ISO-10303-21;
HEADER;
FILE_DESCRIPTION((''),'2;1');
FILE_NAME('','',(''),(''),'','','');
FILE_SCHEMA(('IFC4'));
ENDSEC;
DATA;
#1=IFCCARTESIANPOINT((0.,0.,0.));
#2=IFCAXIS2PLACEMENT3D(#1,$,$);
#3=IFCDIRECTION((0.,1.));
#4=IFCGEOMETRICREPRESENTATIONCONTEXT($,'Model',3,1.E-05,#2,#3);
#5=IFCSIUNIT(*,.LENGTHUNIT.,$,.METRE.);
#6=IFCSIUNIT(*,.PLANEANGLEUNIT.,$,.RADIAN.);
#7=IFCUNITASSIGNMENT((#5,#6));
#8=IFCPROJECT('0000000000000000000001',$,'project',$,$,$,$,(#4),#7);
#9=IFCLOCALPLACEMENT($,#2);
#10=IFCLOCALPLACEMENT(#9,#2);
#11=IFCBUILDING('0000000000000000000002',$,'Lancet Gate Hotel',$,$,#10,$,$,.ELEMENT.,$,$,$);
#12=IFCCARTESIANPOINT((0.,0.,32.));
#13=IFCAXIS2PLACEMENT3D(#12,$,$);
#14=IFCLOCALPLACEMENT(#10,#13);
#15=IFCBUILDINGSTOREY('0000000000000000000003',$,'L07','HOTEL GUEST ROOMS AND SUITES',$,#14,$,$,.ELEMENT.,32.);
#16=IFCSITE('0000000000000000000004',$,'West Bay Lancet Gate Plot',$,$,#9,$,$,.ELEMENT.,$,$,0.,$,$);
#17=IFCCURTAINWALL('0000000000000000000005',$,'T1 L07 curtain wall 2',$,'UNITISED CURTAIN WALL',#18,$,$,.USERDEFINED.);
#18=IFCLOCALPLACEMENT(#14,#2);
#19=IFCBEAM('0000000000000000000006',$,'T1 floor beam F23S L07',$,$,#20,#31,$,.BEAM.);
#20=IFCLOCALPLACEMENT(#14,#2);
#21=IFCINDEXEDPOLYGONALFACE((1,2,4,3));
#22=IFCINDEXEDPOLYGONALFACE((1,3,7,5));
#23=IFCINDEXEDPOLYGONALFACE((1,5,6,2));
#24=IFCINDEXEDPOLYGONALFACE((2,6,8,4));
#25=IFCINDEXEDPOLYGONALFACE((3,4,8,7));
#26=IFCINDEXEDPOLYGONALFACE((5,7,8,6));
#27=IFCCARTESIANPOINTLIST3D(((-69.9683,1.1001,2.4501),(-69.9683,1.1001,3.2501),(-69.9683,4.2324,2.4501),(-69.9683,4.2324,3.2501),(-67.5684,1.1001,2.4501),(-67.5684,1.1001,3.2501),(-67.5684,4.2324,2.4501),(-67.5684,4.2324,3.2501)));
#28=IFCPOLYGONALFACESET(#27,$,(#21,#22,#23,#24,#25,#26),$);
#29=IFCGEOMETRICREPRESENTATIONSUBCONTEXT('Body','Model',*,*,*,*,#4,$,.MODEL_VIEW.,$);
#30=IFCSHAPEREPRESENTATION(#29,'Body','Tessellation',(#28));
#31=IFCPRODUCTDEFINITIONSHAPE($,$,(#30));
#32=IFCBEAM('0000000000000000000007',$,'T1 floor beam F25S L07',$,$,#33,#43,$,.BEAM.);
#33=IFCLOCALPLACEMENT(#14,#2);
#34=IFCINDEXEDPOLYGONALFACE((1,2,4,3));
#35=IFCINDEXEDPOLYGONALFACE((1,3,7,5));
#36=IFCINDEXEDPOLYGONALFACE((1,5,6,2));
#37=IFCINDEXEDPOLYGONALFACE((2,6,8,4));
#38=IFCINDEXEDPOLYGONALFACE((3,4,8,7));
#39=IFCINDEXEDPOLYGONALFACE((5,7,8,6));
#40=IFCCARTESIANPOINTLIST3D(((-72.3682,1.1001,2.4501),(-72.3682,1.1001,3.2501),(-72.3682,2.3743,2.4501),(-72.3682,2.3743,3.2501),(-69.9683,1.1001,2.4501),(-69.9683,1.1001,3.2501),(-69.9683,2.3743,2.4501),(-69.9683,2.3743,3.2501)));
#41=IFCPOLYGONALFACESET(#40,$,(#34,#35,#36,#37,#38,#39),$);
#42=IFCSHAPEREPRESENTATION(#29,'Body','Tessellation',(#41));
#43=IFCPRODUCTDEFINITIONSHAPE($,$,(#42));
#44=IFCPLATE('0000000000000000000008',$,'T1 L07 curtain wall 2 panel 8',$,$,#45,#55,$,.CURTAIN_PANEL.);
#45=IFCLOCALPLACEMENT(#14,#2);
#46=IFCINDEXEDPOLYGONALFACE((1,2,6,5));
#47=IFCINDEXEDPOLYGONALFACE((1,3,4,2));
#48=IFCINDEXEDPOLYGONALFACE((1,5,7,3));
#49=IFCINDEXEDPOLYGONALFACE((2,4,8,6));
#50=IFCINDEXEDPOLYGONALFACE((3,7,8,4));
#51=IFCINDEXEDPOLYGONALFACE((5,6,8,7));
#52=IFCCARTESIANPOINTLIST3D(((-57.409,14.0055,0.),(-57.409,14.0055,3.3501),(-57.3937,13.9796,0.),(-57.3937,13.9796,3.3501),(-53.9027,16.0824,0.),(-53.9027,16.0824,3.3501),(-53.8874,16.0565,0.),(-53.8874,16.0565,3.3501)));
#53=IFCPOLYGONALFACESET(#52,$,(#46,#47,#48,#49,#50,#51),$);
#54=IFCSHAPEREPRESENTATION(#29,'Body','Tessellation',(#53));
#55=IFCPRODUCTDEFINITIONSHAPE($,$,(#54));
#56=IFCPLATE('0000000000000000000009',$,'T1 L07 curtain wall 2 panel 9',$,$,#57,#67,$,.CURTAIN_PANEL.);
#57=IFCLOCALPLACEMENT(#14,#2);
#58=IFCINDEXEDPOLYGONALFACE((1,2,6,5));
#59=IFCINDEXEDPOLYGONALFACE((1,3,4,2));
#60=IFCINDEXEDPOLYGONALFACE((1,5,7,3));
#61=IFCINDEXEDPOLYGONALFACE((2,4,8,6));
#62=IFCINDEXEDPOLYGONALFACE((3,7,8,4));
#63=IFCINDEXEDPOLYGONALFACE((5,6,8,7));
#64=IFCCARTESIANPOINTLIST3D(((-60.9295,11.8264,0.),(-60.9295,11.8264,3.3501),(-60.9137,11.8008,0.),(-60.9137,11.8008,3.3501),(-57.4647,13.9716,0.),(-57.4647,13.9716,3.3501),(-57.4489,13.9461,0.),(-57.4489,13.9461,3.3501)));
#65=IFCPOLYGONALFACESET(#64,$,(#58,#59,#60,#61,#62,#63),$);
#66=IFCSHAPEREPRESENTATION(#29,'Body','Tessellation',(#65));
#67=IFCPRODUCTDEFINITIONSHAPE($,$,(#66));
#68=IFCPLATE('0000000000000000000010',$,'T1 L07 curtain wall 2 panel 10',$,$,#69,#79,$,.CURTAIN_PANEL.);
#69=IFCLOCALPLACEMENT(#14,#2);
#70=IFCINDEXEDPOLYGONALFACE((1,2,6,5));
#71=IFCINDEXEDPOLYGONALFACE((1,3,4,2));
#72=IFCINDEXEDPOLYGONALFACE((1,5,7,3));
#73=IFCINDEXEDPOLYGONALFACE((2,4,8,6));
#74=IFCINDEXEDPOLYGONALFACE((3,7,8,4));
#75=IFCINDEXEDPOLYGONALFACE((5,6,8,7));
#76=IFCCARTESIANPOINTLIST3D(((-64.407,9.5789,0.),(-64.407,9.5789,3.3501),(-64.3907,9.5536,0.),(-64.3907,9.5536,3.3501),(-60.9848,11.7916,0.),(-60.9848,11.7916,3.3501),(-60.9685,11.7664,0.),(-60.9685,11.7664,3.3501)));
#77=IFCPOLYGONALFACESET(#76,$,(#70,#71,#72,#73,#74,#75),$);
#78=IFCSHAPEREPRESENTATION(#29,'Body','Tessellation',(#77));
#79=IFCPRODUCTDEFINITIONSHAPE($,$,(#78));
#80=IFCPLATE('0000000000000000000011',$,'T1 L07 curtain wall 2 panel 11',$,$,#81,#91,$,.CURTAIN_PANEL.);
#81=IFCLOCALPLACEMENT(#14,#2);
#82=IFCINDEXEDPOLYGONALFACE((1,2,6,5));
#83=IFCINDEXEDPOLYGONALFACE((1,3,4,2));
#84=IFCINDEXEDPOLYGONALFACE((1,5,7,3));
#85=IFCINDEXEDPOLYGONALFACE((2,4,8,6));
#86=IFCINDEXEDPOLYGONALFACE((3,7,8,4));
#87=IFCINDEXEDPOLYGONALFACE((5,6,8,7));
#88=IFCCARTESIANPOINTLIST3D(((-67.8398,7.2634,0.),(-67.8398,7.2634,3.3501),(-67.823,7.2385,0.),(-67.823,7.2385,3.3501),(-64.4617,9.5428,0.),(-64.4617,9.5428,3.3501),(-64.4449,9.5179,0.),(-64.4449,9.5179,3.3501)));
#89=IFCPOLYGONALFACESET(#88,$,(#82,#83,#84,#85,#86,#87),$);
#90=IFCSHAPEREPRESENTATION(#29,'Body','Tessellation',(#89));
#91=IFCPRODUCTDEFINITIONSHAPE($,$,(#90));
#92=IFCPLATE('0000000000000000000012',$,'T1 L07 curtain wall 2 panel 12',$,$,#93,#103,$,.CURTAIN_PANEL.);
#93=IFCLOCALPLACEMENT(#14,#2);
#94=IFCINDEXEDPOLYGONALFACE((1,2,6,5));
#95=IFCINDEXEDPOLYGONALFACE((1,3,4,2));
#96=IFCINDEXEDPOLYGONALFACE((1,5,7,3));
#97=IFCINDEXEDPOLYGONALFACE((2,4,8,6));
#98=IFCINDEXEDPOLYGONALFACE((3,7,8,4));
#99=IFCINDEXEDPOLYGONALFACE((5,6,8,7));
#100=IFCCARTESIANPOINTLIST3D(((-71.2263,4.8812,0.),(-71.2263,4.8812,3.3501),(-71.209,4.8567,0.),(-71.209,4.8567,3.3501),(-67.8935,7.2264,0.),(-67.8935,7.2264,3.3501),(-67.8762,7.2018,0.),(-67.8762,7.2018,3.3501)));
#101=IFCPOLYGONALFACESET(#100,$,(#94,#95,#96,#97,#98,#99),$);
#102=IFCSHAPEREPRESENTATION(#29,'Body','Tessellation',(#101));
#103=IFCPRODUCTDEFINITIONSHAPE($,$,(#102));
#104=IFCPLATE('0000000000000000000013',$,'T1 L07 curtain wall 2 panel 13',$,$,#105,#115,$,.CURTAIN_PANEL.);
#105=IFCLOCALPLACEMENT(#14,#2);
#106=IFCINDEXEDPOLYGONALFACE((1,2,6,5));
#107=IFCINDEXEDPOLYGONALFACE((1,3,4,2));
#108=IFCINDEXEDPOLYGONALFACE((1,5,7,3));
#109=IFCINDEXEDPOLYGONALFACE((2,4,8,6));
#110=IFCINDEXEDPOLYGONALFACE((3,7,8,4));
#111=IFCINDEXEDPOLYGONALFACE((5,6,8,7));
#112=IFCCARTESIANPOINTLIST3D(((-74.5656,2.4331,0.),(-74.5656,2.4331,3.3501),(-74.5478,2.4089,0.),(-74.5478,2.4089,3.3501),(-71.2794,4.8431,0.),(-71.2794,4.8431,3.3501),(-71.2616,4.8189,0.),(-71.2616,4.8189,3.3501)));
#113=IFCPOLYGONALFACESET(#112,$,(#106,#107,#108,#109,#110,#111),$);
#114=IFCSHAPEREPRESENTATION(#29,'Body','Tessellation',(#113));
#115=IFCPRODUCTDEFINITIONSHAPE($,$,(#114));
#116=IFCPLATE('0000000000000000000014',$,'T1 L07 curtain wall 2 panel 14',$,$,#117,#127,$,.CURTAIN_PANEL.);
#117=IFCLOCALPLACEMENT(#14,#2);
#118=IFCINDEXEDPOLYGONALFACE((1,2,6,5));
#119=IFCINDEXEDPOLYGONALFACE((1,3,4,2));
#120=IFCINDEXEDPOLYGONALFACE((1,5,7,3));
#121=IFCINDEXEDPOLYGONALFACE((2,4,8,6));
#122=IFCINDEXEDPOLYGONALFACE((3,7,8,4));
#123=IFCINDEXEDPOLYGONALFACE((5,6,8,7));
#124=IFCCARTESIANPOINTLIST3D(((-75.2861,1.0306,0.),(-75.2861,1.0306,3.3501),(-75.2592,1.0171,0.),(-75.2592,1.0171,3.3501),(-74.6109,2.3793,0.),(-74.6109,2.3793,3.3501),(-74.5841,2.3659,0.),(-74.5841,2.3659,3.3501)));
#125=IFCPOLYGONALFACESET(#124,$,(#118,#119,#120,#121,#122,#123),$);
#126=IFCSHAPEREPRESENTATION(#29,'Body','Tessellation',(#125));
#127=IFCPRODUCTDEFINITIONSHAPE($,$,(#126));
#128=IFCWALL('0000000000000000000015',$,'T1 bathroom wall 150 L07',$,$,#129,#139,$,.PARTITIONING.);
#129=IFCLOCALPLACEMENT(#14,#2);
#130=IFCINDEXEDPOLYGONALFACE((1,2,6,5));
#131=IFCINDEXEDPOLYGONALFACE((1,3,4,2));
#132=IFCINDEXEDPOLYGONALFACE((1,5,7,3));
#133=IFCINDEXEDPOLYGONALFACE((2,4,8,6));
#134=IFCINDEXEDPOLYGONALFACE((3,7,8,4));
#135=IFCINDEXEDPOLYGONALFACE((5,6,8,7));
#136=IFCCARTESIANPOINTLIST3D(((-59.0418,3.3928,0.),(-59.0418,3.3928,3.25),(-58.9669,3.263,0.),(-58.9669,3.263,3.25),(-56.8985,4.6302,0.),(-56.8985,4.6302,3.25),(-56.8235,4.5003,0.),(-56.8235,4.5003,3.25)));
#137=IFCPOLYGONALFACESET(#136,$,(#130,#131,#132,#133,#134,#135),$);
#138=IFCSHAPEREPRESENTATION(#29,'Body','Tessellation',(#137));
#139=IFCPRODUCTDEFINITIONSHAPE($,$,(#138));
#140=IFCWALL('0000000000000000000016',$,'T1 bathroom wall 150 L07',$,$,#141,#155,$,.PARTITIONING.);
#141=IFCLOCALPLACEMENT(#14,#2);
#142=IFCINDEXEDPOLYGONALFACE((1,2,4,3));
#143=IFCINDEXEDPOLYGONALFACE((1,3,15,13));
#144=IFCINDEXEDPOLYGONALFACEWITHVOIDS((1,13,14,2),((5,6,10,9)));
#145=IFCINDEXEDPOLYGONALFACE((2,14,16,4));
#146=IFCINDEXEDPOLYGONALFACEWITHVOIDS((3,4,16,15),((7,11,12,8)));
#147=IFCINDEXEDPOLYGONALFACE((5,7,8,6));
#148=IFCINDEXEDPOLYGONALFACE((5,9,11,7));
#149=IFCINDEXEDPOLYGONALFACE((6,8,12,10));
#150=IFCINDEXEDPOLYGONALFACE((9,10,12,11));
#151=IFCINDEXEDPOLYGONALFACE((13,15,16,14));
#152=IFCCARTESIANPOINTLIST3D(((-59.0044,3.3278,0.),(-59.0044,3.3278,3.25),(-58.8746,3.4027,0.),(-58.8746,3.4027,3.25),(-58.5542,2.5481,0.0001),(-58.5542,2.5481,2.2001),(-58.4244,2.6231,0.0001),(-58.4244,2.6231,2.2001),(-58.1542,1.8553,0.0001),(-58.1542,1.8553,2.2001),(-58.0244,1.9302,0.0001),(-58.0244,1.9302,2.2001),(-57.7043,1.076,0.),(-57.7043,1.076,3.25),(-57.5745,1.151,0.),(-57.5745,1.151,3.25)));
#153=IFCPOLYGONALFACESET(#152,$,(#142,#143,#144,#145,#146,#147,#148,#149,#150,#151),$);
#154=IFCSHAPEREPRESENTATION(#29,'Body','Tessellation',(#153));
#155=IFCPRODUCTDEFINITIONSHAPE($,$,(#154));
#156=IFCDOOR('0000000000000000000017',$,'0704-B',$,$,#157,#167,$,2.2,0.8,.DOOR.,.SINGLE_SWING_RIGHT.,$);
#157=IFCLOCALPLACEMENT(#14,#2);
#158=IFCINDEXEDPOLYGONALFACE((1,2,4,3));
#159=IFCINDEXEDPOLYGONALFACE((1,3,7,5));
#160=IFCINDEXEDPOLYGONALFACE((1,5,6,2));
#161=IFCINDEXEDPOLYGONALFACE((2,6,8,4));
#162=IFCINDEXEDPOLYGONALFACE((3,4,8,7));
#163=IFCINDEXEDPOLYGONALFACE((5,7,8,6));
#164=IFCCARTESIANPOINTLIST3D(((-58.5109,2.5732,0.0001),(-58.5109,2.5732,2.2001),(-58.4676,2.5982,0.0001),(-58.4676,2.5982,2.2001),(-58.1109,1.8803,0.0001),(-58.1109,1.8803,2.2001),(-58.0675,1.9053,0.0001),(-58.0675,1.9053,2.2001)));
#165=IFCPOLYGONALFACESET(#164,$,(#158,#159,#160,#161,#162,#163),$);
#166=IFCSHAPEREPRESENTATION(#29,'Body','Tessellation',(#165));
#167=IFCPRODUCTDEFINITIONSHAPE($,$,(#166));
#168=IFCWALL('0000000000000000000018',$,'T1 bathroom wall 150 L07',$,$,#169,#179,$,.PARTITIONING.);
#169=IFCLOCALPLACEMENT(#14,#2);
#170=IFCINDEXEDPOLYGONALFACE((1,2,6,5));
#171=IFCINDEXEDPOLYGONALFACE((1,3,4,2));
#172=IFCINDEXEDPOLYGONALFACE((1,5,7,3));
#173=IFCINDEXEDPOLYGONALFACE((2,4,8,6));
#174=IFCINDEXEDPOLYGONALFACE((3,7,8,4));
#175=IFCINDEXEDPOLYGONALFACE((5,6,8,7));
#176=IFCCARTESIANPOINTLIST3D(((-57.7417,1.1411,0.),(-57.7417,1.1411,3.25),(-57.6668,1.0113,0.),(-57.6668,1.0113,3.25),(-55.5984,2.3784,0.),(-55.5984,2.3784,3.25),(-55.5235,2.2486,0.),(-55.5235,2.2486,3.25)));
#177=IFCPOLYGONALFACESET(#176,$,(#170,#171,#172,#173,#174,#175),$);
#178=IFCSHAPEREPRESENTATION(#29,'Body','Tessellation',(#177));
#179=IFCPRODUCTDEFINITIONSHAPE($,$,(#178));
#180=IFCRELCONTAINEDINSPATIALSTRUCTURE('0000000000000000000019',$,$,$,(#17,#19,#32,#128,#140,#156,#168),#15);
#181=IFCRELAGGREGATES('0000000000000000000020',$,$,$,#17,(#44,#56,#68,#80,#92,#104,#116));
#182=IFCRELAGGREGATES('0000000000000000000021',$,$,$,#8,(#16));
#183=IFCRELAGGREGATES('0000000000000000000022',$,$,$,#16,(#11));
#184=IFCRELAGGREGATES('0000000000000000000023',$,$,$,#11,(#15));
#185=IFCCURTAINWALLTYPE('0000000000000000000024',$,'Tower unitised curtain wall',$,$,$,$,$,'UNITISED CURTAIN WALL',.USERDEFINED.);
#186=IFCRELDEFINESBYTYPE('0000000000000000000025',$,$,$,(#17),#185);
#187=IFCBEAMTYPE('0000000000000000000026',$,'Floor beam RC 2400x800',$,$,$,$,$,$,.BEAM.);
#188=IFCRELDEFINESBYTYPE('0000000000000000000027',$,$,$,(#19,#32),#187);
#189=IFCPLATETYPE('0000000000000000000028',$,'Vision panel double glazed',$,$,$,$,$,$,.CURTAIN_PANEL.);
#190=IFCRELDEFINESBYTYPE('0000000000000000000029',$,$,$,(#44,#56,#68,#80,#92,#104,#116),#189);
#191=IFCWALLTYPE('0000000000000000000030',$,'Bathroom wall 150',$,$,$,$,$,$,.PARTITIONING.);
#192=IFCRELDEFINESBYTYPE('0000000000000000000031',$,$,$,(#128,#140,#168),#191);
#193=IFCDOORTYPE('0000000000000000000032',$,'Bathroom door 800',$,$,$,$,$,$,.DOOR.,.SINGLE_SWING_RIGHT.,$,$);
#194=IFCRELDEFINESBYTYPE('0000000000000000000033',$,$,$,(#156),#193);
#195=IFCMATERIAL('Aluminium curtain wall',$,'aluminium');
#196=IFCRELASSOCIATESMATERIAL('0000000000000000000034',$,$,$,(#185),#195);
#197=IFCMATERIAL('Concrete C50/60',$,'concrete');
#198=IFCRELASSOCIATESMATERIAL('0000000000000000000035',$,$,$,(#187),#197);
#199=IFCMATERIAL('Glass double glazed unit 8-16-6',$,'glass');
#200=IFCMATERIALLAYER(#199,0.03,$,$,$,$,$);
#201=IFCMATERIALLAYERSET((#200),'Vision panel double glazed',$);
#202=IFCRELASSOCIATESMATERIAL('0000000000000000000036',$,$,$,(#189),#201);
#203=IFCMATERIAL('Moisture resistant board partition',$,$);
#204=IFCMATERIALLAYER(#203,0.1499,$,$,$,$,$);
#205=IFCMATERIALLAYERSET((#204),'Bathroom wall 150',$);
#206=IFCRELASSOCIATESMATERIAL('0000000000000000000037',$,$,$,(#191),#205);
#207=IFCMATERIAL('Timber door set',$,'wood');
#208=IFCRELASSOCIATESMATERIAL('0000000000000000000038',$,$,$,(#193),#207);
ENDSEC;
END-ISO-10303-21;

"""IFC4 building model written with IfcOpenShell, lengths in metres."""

from ifc_helpers import new_model, si_unit, direction, frame, frame_2d, origin, origin_2d, place, context, subcontext, project, spatial, rectangle, extrude, material, layer, layer_set, material_profile, profile_set, type_object, element, fill, aggregate, save


model = new_model("IFC4")

# Units and contexts
model_context = context("Model", 3, precision=1e-05, world=origin(), true_north=direction((0.0, 1.0)))
body_context = subcontext(model_context, "Body", "Model", "MODEL_VIEW")
ifc_project = project(units=[si_unit("LENGTHUNIT", "METRE"), si_unit("PLANEANGLEUNIT", "RADIAN")], contexts=[model_context])

# Site, building, storey
site_placement = place(None, origin())
site = spatial("IfcSite", under=ifc_project, at=site_placement, Name="West Bay Lancet Gate Plot", CompositionType="ELEMENT", RefElevation=0.0)
building_placement = place(site_placement, origin())
building = spatial("IfcBuilding", under=site, at=building_placement, Name="Lancet Gate Hotel", CompositionType="ELEMENT")
storey_placement = place(building_placement, frame((0.0, 0.0, 32.0)))
storey = spatial("IfcBuildingStorey", under=building, at=storey_placement, Name="L07", Description="HOTEL GUEST ROOMS AND SUITES", CompositionType="ELEMENT", Elevation=32.0)

# Curtain wall
ifc_material_1 = material(Name="Aluminium curtain wall", Category="aluminium")
curtain_wall_type = type_object("IfcCurtainWallType", Name="Tower unitised curtain wall", ElementType="UNITISED CURTAIN WALL", PredefinedType="USERDEFINED", material=ifc_material_1)
curtain_wall_placement = place(storey_placement, origin())
curtain_wall = element("IfcCurtainWall", 1, at=curtain_wall_placement, inside=storey, type_object=curtain_wall_type, Name="T1 L07 curtain wall 2", ObjectType="UNITISED CURTAIN WALL", PredefinedType="USERDEFINED")

# Beams
ifc_material_2 = material(Name="Concrete C50/60", Category="concrete")
ifc_material_profile_1 = material_profile(ifc_material_2, rectangle(XDim=2.3999, YDim=0.8, at=origin_2d()), Name="RC 2400x800")
ifc_profile_set_1 = profile_set([ifc_material_profile_1], Name="Concrete C50/60")
beam_type_1 = type_object("IfcBeamType", Name="Floor beam RC 2400x800", PredefinedType="BEAM", material=ifc_profile_set_1)
beam_1_placement = place(storey_placement, frame((-68.7683, 4.2324, 2.8501), z_axis=(0.0, -1.0, 0.0), x_axis=(1.0, 0.0, 0.0)))
element("IfcBeam", 2, at=beam_1_placement, inside=storey, type_object=beam_type_1, Name="T1 floor beam F23S L07", PredefinedType="BEAM", context=body_context, shape_type="SweptSolid", body=[
    extrude(rectangle(XDim=2.3999, YDim=0.8, at=origin_2d()), origin(), (0.0, 0.0, 1.0), 3.1323),
])
beam_2_placement = place(storey_placement, frame((-71.1682, 2.3743, 2.8501), z_axis=(0.0, -1.0, 0.0), x_axis=(1.0, 0.0, 0.0)))
element("IfcBeam", 3, at=beam_2_placement, inside=storey, type_object=beam_type_1, Name="T1 floor beam F25S L07", PredefinedType="BEAM", context=body_context, shape_type="SweptSolid", body=[
    extrude(rectangle(XDim=2.3999, YDim=0.8, at=origin_2d()), origin(), (0.0, 0.0, 1.0), 1.2742),
])

# Plates
ifc_material_3 = material(Name="Glass double glazed unit 8-16-6", Category="glass")
ifc_layer_1 = layer(ifc_material_3, 0.03)
ifc_layer_set_1 = layer_set([ifc_layer_1], Name="Vision panel double glazed")
plate_type = type_object("IfcPlateType", Name="Vision panel double glazed", PredefinedType="CURTAIN_PANEL", material=ifc_layer_set_1)
plate_1_placement = place(storey_placement, frame((-55.6482, 15.031, 0.0), z_axis=(0.0, 0.0, 1.0), x_axis=(-0.860382, -0.50965, 0.0)))
plate_1 = element("IfcPlate", 4, at=plate_1_placement, type_object=plate_type, Name="T1 L07 curtain wall 2 panel 8", PredefinedType="CURTAIN_PANEL", context=body_context, shape_type="SweptSolid", body=[
    extrude(rectangle(XDim=4.0752, YDim=0.03, at=origin_2d()), origin(), (0.0, 0.0, 1.0), 3.3501),
])
plate_2_placement = place(storey_placement, frame((-59.1892, 12.8862, 0.0), z_axis=(0.0, 0.0, 1.0), x_axis=(-0.850229, -0.526414, 0.0)))
plate_2 = element("IfcPlate", 5, at=plate_2_placement, type_object=plate_type, Name="T1 L07 curtain wall 2 panel 9", PredefinedType="CURTAIN_PANEL", context=body_context, shape_type="SweptSolid", body=[
    extrude(rectangle(XDim=4.0752, YDim=0.03, at=origin_2d()), origin(), (0.0, 0.0, 1.0), 3.3501),
])
plate_3_placement = place(storey_placement, frame((-62.6877, 10.6726, 0.0), z_axis=(0.0, 0.0, 1.0), x_axis=(-0.839749, -0.542975, 0.0)))
plate_3 = element("IfcPlate", 6, at=plate_3_placement, type_object=plate_type, Name="T1 L07 curtain wall 2 panel 10", PredefinedType="CURTAIN_PANEL", context=body_context, shape_type="SweptSolid", body=[
    extrude(rectangle(XDim=4.0752, YDim=0.03, at=origin_2d()), origin(), (0.0, 0.0, 1.0), 3.3501),
])
plate_4_placement = place(storey_placement, frame((-66.1423, 8.3906, 0.0), z_axis=(0.0, 0.0, 1.0), x_axis=(-0.828946, -0.559329, 0.0)))
plate_4 = element("IfcPlate", 7, at=plate_4_placement, type_object=plate_type, Name="T1 L07 curtain wall 2 panel 11", PredefinedType="CURTAIN_PANEL", context=body_context, shape_type="SweptSolid", body=[
    extrude(rectangle(XDim=4.0752, YDim=0.03, at=origin_2d()), origin(), (0.0, 0.0, 1.0), 3.3501),
])
plate_5_placement = place(storey_placement, frame((-69.5513, 6.0415, 0.0), z_axis=(0.0, 0.0, 1.0), x_axis=(-0.817825, -0.575467, 0.0)))
plate_5 = element("IfcPlate", 8, at=plate_5_placement, type_object=plate_type, Name="T1 L07 curtain wall 2 panel 12", PredefinedType="CURTAIN_PANEL", context=body_context, shape_type="SweptSolid", body=[
    extrude(rectangle(XDim=4.0752, YDim=0.03, at=origin_2d()), origin(), (0.0, 0.0, 1.0), 3.3501),
])
plate_6_placement = place(storey_placement, frame((-72.9136, 3.626, 0.0), z_axis=(0.0, 0.0, 1.0), x_axis=(-0.80639, -0.591384, 0.0)))
plate_6 = element("IfcPlate", 9, at=plate_6_placement, type_object=plate_type, Name="T1 L07 curtain wall 2 panel 13", PredefinedType="CURTAIN_PANEL", context=body_context, shape_type="SweptSolid", body=[
    extrude(rectangle(XDim=4.0752, YDim=0.03, at=origin_2d()), origin(), (0.0, 0.0, 1.0), 3.3501),
])
plate_7_placement = place(storey_placement, frame((-74.9351, 1.6982, 0.0), z_axis=(0.0, 0.0, 1.0), x_axis=(-0.447628, -0.89422, 0.0)))
plate_7 = element("IfcPlate", 10, at=plate_7_placement, type_object=plate_type, Name="T1 L07 curtain wall 2 panel 14", PredefinedType="CURTAIN_PANEL", context=body_context, shape_type="SweptSolid", body=[
    extrude(rectangle(XDim=1.5083, YDim=0.03, at=origin_2d()), origin(), (0.0, 0.0, 1.0), 3.3501),
])
aggregate(curtain_wall, [plate_1, plate_2, plate_3, plate_4, plate_5, plate_6, plate_7])

# Wall
ifc_material_4 = material(Name="Moisture resistant board partition")
ifc_layer_2 = layer(ifc_material_4, 0.1499)
ifc_layer_set_2 = layer_set([ifc_layer_2], Name="Bathroom wall 150")
wall_type_1 = type_object("IfcWallType", Name="Bathroom wall 150", PredefinedType="PARTITIONING", material=ifc_layer_set_2)
wall_1_placement = place(storey_placement, frame((-56.8611, 4.5652, 0.0), z_axis=(0.0, 0.0, 1.0), x_axis=(-0.866049, -0.499959, 0.0)))
element("IfcWall", 11, at=wall_1_placement, inside=storey, type_object=wall_type_1, Name="T1 bathroom wall 150 L07", PredefinedType="PARTITIONING", context=body_context, shape_type="SweptSolid", body=[
    extrude(rectangle(XDim=2.4749, YDim=0.1499, at=frame_2d((1.2373, 0.0))), origin(), (0.0, 0.0, 1.0), 3.25),
])

# Wall, opening, door
wall_2_placement = place(storey_placement, frame((-57.6394, 1.1135, 0.0), z_axis=(0.0, 0.0, 1.0), x_axis=(-0.500007, 0.866021, 0.0)))
wall_2 = element("IfcWall", 12, at=wall_2_placement, inside=storey, type_object=wall_type_1, Name="T1 bathroom wall 150 L07", PredefinedType="PARTITIONING", context=body_context, shape_type="SweptSolid", body=[
    extrude(rectangle(XDim=2.6001, YDim=0.1499, at=frame_2d((1.3, 0.0))), origin(), (0.0, 0.0, 1.0), 3.25),
])
opening_placement = place(wall_2_placement, frame((0.8999, 0.0, 0.0)))
opening = element("IfcOpeningElement", 13, at=opening_placement, cuts=wall_2, PredefinedType="OPENING", context=body_context, shape_type="SweptSolid", body=[
    extrude(rectangle(XDim=0.8, YDim=2.2, at=frame_2d((0.3999, 1.1001))), frame((0.0, 0.085, 0.0), z_axis=(0.0, -1.0, 0.0), x_axis=(1.0, 0.0, 0.0)), (0.0, 0.0, 1.0), 0.1699),
])
ifc_material_5 = material(Name="Timber door set", Category="wood")
door_type = type_object("IfcDoorType", Name="Bathroom door 800", OperationType="SINGLE_SWING_RIGHT", PredefinedType="DOOR", material=ifc_material_5)
door_placement = place(opening_placement, origin())
door = element("IfcDoor", 14, at=door_placement, inside=storey, type_object=door_type, Name="0704-B", OperationType="SINGLE_SWING_RIGHT", OverallHeight=2.2, OverallWidth=0.8, PredefinedType="DOOR", context=body_context, shape_type="SweptSolid", body=[
    extrude(rectangle(XDim=0.8, YDim=2.2, at=frame_2d((0.3999, 1.1001))), frame((0.0, 0.0249, 0.0), z_axis=(0.0, -1.0, 0.0), x_axis=(1.0, 0.0, 0.0)), (0.0, 0.0, 1.0), 0.05),
])
fill(opening, door)

# Wall
wall_3_placement = place(storey_placement, frame((-55.561, 2.3135, 0.0), z_axis=(0.0, 0.0, 1.0), x_axis=(-0.866049, -0.499959, 0.0)))
element("IfcWall", 15, at=wall_3_placement, inside=storey, type_object=wall_type_1, Name="T1 bathroom wall 150 L07", PredefinedType="PARTITIONING", context=body_context, shape_type="SweptSolid", body=[
    extrude(rectangle(XDim=2.4749, YDim=0.1499, at=frame_2d((1.2373, 0.0))), origin(), (0.0, 0.0, 1.0), 3.25),
])

save(model, "model.ifc")
